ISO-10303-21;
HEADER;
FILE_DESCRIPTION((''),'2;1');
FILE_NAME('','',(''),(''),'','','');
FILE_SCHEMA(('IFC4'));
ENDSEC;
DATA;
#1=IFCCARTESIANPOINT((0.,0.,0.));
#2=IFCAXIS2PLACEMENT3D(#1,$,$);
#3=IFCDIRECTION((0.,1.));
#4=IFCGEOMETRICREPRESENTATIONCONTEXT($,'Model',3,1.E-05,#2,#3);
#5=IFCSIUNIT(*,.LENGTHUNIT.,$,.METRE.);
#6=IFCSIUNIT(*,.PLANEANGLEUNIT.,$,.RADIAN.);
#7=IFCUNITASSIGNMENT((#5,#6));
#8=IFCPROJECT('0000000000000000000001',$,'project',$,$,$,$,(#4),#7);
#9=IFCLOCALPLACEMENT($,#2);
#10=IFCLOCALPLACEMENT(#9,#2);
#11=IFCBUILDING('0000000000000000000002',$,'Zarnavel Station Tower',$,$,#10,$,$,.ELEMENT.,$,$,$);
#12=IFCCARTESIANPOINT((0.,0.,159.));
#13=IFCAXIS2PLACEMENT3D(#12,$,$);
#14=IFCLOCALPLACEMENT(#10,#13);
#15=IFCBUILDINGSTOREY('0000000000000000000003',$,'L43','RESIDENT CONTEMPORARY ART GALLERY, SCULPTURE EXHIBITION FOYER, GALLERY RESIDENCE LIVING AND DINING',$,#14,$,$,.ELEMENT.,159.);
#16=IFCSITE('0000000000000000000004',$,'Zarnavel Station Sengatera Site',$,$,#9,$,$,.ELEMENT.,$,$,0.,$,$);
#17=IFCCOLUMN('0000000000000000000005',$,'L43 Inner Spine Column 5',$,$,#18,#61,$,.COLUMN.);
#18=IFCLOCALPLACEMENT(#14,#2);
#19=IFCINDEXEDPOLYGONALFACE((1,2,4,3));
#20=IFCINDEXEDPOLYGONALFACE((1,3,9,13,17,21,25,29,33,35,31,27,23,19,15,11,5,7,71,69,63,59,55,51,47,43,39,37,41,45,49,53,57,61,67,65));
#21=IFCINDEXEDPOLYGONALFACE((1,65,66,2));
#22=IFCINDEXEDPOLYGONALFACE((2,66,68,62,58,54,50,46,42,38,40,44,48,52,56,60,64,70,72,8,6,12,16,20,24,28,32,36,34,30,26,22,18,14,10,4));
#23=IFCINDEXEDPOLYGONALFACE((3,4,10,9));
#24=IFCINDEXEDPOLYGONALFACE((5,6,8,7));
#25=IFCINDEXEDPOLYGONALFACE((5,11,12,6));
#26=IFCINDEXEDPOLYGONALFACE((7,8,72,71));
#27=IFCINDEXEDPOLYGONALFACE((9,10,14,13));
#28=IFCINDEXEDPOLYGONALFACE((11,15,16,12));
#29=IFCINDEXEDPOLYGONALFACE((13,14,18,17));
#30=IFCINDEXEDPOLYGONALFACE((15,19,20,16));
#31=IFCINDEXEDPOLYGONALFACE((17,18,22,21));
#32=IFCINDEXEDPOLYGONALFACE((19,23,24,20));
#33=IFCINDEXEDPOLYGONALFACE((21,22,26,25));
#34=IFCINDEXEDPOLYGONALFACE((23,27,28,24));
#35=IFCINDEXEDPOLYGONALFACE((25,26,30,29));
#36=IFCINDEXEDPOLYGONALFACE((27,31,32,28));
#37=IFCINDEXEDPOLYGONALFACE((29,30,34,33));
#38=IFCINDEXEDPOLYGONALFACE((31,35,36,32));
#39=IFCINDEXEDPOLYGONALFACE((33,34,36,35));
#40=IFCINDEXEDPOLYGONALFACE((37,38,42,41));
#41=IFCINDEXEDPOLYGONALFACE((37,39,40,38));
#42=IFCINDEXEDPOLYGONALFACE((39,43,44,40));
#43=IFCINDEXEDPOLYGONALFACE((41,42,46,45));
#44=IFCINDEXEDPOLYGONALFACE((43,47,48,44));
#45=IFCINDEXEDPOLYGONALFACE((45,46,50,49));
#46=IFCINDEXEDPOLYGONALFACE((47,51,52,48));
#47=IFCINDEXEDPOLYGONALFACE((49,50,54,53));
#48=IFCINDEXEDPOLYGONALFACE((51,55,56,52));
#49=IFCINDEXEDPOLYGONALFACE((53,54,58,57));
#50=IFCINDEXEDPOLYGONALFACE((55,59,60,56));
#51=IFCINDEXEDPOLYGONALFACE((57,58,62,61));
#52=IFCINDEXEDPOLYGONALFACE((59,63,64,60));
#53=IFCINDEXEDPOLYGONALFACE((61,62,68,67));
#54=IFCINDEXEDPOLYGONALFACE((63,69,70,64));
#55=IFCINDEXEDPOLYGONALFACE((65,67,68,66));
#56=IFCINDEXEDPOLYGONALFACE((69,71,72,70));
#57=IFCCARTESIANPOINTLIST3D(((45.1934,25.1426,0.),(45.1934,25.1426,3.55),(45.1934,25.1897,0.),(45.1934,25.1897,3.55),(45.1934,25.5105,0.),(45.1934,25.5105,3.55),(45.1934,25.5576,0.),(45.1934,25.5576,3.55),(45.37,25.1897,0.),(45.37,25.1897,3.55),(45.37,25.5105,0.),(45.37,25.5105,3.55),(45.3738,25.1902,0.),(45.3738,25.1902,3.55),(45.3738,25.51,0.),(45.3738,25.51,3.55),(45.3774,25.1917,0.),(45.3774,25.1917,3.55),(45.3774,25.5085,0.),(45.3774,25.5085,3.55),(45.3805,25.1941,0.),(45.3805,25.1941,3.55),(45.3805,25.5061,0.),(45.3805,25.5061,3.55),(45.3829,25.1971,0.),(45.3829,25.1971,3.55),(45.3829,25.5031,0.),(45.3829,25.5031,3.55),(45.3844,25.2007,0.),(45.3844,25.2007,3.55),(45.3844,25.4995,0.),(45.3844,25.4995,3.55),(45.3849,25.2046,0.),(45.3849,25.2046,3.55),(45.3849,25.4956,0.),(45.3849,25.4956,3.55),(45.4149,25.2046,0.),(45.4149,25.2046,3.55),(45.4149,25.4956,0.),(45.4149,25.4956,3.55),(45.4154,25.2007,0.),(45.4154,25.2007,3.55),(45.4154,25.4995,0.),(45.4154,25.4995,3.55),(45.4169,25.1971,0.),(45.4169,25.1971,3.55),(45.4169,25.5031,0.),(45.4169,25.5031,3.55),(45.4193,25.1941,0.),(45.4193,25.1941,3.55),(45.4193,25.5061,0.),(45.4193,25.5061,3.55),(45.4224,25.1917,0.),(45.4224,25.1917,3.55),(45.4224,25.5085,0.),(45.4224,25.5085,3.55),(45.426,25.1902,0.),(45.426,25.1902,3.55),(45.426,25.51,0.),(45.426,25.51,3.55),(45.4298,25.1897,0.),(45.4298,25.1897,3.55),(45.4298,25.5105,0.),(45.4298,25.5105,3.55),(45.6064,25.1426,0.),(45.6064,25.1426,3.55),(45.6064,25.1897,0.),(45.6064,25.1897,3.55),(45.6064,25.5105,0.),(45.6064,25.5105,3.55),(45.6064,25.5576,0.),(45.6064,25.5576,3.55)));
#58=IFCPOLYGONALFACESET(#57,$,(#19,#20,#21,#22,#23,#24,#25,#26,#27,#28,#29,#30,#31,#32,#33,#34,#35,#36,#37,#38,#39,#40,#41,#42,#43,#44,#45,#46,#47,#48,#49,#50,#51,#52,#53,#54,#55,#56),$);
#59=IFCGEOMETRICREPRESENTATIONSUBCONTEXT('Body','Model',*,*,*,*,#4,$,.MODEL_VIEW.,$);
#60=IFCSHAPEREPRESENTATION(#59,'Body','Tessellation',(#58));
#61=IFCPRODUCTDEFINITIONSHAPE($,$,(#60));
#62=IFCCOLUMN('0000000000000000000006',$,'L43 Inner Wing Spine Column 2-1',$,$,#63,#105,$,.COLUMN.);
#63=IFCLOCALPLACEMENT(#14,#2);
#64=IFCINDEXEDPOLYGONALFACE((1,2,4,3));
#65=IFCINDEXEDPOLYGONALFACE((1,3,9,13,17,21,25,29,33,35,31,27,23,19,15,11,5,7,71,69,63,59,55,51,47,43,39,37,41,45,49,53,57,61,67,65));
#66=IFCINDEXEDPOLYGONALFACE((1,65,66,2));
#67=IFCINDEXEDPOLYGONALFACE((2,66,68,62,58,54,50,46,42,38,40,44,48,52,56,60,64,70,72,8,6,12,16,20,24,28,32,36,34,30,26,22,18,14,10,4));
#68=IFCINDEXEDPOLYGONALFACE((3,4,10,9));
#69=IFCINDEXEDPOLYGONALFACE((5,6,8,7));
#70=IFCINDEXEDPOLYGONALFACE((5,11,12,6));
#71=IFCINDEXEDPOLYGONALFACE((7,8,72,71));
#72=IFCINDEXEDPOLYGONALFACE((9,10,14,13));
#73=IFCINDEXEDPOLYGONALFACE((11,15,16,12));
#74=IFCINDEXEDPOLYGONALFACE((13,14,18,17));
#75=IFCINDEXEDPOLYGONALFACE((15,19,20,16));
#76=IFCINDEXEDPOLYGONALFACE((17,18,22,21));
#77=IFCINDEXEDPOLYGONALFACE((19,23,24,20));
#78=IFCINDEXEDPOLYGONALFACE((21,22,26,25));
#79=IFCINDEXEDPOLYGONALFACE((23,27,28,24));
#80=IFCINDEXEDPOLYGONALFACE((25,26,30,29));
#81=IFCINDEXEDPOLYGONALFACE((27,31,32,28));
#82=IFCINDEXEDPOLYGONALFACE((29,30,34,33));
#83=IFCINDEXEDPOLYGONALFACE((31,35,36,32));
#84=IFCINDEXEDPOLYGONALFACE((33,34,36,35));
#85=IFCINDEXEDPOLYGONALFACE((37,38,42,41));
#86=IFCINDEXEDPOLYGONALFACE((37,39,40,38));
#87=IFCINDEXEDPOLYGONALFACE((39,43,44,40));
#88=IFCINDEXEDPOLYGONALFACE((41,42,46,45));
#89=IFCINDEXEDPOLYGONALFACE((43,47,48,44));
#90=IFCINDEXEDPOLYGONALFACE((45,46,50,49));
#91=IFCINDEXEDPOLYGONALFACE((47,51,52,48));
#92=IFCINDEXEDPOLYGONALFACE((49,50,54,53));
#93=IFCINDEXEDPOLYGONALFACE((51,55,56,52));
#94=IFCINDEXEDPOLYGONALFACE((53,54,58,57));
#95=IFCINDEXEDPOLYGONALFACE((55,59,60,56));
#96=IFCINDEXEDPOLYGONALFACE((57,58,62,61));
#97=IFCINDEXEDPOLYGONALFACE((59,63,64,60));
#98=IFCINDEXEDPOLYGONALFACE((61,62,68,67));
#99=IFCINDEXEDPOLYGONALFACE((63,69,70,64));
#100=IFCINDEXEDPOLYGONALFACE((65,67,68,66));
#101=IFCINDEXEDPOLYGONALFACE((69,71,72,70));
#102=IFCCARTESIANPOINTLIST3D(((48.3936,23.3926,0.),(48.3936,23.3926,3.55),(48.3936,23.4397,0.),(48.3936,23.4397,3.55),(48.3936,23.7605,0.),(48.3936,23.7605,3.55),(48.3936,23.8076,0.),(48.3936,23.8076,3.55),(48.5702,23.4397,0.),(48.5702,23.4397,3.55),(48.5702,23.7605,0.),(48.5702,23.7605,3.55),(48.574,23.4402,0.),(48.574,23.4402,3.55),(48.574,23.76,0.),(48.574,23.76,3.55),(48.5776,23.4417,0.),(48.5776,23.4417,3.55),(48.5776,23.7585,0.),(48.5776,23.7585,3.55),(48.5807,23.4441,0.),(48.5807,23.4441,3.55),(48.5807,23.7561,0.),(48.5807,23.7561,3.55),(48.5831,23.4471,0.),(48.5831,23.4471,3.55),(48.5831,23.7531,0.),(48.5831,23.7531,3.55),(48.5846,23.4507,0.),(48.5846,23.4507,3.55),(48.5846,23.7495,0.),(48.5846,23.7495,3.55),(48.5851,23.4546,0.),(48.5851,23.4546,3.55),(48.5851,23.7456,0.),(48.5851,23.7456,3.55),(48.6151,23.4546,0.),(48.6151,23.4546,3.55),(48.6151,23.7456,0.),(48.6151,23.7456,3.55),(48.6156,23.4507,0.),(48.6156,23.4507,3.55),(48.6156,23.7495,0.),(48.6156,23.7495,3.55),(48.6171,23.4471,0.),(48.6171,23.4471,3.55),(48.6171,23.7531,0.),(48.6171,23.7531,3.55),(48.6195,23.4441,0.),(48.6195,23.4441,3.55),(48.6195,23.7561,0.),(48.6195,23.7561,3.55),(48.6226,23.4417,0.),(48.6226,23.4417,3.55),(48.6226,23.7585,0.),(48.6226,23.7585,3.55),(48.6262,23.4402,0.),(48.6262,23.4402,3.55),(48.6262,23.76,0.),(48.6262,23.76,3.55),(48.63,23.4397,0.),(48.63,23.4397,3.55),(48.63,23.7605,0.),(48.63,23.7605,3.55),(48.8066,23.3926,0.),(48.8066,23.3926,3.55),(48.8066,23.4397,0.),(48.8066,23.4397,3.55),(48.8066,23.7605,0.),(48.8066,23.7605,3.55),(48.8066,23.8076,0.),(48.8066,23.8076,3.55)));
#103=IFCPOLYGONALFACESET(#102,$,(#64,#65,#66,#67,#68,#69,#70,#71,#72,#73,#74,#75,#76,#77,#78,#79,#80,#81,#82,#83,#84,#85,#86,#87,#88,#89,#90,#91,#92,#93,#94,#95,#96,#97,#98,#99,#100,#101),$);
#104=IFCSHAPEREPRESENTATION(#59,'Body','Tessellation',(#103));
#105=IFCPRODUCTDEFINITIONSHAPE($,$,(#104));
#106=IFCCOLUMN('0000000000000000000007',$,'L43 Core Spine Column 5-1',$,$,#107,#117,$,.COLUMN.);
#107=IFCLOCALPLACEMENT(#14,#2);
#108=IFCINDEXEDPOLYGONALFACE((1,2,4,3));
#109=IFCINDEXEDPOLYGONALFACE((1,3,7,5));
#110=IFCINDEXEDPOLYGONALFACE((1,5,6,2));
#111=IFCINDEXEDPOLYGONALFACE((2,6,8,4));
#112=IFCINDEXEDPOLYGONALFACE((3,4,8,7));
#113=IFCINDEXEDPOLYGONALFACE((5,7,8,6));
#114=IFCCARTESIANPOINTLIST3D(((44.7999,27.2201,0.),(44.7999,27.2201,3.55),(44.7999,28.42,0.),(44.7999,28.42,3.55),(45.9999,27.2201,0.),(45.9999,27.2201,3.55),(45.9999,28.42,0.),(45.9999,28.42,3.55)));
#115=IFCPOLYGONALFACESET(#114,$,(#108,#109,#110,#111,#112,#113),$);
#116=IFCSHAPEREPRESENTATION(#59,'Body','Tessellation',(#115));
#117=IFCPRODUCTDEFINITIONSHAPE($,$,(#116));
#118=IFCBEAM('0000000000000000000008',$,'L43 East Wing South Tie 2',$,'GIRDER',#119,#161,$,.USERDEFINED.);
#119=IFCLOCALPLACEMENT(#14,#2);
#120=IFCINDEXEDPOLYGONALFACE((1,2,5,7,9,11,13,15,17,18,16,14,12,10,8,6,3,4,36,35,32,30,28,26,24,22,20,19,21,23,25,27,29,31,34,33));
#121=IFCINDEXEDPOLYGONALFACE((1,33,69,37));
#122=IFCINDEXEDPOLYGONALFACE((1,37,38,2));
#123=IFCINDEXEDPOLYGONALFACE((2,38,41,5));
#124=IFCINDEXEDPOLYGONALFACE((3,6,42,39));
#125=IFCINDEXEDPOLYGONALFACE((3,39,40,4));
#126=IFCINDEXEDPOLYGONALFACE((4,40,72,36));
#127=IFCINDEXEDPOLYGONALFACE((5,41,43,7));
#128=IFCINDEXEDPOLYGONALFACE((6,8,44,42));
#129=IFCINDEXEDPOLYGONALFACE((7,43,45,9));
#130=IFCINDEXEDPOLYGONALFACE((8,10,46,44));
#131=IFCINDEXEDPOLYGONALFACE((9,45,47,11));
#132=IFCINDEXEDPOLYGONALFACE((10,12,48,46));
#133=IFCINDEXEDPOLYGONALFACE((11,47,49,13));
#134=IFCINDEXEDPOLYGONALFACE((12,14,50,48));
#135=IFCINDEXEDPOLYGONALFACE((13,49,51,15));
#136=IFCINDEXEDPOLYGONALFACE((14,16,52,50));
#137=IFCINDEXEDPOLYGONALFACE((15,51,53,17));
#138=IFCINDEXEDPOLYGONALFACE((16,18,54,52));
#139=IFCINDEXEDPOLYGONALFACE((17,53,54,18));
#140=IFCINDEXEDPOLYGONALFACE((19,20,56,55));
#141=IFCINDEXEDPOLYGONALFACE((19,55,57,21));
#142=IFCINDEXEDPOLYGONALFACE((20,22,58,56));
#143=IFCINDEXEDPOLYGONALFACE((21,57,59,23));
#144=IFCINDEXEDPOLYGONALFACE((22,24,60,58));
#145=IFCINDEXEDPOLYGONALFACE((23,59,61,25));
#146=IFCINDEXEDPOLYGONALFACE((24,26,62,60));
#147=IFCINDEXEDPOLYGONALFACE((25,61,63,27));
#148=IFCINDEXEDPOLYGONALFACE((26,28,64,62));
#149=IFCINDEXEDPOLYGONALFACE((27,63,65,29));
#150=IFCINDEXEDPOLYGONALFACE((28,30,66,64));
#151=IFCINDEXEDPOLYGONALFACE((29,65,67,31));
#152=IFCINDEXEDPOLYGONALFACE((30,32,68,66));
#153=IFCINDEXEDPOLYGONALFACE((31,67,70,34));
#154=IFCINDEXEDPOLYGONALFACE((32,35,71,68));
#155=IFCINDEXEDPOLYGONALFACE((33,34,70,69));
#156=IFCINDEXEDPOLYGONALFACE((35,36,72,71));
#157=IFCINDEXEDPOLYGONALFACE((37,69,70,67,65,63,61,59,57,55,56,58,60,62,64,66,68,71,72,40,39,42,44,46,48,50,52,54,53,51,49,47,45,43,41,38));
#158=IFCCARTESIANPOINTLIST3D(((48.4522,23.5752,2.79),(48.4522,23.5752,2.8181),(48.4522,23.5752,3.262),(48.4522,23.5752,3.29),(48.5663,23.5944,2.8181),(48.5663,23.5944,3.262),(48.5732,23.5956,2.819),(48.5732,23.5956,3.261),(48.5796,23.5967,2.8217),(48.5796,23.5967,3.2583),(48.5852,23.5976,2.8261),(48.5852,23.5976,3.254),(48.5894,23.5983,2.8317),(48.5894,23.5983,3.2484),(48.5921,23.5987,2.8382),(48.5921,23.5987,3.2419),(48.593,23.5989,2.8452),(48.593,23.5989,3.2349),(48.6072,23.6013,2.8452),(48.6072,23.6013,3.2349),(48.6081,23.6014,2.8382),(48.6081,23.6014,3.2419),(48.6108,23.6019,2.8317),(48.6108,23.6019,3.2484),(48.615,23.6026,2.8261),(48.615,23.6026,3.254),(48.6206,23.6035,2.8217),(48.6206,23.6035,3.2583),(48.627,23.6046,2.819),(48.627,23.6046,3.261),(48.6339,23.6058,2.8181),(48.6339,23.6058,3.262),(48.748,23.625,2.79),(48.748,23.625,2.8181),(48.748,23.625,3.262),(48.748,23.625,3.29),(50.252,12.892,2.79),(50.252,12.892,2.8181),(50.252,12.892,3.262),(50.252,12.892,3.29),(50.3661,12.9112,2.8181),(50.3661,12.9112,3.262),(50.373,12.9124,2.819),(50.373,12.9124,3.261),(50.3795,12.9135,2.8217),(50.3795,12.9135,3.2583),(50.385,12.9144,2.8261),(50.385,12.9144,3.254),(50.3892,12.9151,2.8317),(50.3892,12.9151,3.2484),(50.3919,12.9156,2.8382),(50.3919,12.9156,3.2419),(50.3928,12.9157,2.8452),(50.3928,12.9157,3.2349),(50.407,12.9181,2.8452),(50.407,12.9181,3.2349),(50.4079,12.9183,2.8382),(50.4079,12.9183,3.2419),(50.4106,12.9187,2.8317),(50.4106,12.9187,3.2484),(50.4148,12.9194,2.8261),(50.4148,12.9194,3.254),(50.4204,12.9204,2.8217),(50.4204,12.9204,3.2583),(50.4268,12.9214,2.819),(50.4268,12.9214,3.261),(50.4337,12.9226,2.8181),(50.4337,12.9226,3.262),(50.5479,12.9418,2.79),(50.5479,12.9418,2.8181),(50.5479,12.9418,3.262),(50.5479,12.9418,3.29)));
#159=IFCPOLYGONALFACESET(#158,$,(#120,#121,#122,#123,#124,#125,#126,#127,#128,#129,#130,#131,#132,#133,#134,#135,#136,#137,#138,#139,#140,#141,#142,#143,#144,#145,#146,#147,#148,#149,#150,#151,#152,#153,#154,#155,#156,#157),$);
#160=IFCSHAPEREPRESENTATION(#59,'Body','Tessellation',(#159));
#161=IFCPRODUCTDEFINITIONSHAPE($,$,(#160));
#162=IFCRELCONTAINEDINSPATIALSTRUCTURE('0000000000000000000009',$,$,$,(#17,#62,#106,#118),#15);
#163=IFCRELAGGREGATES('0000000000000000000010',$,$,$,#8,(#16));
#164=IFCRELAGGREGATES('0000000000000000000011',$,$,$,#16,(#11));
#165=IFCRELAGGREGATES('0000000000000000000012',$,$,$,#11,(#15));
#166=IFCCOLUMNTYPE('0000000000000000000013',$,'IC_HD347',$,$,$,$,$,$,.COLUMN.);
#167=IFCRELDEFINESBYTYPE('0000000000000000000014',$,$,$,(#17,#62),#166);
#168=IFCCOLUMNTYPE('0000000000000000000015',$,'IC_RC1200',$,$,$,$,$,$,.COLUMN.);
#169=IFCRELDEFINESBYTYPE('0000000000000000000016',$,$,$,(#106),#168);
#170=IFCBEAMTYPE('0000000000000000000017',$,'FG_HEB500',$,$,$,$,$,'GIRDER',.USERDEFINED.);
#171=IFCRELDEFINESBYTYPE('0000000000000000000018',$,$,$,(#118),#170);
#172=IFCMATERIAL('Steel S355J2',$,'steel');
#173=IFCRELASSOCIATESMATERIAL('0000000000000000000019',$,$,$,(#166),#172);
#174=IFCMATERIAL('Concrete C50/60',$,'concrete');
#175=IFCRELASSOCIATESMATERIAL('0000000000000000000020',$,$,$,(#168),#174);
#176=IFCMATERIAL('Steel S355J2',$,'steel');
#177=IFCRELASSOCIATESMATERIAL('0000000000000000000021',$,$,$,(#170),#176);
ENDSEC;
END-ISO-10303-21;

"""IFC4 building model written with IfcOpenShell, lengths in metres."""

from ifc_helpers import new_model, si_unit, direction, frame, origin, origin_2d, place, context, subcontext, project, spatial, rectangle, i_section, extrude, material, material_profile, profile_set, type_object, element, save


model = new_model("IFC4")

# Units and contexts
model_context = context("Model", 3, precision=1e-05, world=origin(), true_north=direction((0.0, 1.0)))
body_context = subcontext(model_context, "Body", "Model", "MODEL_VIEW")
ifc_project = project(units=[si_unit("LENGTHUNIT", "METRE"), si_unit("PLANEANGLEUNIT", "RADIAN")], contexts=[model_context])

# Site, building, storey
site_placement = place(None, origin())
site = spatial("IfcSite", under=ifc_project, at=site_placement, Name="Zarnavel Station Sengatera Site", CompositionType="ELEMENT", RefElevation=0.0)
building_placement = place(site_placement, origin())
building = spatial("IfcBuilding", under=site, at=building_placement, Name="Zarnavel Station Tower", CompositionType="ELEMENT")
storey_placement = place(building_placement, frame((0.0, 0.0, 159.0)))
storey = spatial("IfcBuildingStorey", under=building, at=storey_placement, Name="L43", Description="RESIDENT CONTEMPORARY ART GALLERY, SCULPTURE EXHIBITION FOYER, GALLERY RESIDENCE LIVING AND DINING", CompositionType="ELEMENT", Elevation=159.0)

# Columns
ifc_material_1 = material(Name="Steel S355J2", Category="steel")
ifc_material_profile_1 = material_profile(ifc_material_1, i_section(OverallWidth=0.4131, OverallDepth=0.415, WebThickness=0.03, FlangeThickness=0.0471, FilletRadius=0.0149, at=origin_2d()), Name="HD400x347")
ifc_profile_set_1 = profile_set([ifc_material_profile_1], Name="Steel S355J2")
column_type_1 = type_object("IfcColumnType", Name="IC_HD347", PredefinedType="COLUMN", material=ifc_profile_set_1)
for number, where, z_axis, x_axis, name in (
    (1, (45.3999, 25.3501, 0.0), (0.0, 0.0, 1.0), (1.0, 0.0, 0.0), "L43 Inner Spine Column 5"),
    (2, (48.6001, 23.6001, 0.0), (0.0, 0.0, 1.0), (1.0, 0.0, 0.0), "L43 Inner Wing Spine Column 2-1"),
):
    element("IfcColumn", number, at=place(storey_placement, frame(where, z_axis=z_axis, x_axis=x_axis)), inside=storey, type_object=column_type_1, Name=name, PredefinedType="COLUMN", context=body_context, shape_type="SweptSolid", body=[
        extrude(i_section(OverallWidth=0.4131, OverallDepth=0.415, WebThickness=0.03, FlangeThickness=0.0471, FilletRadius=0.0149, at=origin_2d()), origin(), (0.0, 0.0, 1.0), 3.55),
    ])
ifc_material_2 = material(Name="Concrete C50/60", Category="concrete")
ifc_material_profile_2 = material_profile(ifc_material_2, rectangle(XDim=1.2, YDim=1.2, at=origin_2d()), Name="RC1200x1200")
ifc_profile_set_2 = profile_set([ifc_material_profile_2], Name="Concrete C50/60")
column_type_2 = type_object("IfcColumnType", Name="IC_RC1200", PredefinedType="COLUMN", material=ifc_profile_set_2)
column_placement = place(storey_placement, frame((45.3999, 27.8201, 0.0), z_axis=(0.0, 0.0, 1.0), x_axis=(1.0, 0.0, 0.0)))
element("IfcColumn", 3, at=column_placement, inside=storey, type_object=column_type_2, Name="L43 Core Spine Column 5-1", PredefinedType="COLUMN", context=body_context, shape_type="SweptSolid", body=[
    extrude(rectangle(XDim=1.2, YDim=1.2, at=origin_2d()), origin(), (0.0, 0.0, 1.0), 3.55),
])

# Beam
ifc_material_3 = material(Name="Steel S355J2", Category="steel")
ifc_material_profile_3 = material_profile(ifc_material_3, i_section(OverallWidth=0.3, OverallDepth=0.5, WebThickness=0.0144, FlangeThickness=0.0281, FilletRadius=0.0271, at=origin_2d()), Name="HEB500")
ifc_profile_set_3 = profile_set([ifc_material_profile_3], Name="Steel S355J2")
beam_type_1 = type_object("IfcBeamType", Name="FG_HEB500", ElementType="GIRDER", PredefinedType="USERDEFINED", material=ifc_profile_set_3)
beam_1_placement = place(storey_placement, frame((48.6001, 23.6001, 3.04), z_axis=(0.166131, -0.986104, 0.0), x_axis=(0.986104, 0.166131, 0.0)))
element("IfcBeam", 4, at=beam_1_placement, inside=storey, type_object=beam_type_1, Name="L43 East Wing South Tie 2", ObjectType="GIRDER", PredefinedType="USERDEFINED", context=body_context, shape_type="SweptSolid", body=[
    extrude(i_section(OverallWidth=0.3, OverallDepth=0.5, WebThickness=0.0144, FlangeThickness=0.0281, FilletRadius=0.0271, at=origin_2d()), origin(), (0.0, 0.0, 1.0), 10.8337),
])

save(model, "model.ifc")
